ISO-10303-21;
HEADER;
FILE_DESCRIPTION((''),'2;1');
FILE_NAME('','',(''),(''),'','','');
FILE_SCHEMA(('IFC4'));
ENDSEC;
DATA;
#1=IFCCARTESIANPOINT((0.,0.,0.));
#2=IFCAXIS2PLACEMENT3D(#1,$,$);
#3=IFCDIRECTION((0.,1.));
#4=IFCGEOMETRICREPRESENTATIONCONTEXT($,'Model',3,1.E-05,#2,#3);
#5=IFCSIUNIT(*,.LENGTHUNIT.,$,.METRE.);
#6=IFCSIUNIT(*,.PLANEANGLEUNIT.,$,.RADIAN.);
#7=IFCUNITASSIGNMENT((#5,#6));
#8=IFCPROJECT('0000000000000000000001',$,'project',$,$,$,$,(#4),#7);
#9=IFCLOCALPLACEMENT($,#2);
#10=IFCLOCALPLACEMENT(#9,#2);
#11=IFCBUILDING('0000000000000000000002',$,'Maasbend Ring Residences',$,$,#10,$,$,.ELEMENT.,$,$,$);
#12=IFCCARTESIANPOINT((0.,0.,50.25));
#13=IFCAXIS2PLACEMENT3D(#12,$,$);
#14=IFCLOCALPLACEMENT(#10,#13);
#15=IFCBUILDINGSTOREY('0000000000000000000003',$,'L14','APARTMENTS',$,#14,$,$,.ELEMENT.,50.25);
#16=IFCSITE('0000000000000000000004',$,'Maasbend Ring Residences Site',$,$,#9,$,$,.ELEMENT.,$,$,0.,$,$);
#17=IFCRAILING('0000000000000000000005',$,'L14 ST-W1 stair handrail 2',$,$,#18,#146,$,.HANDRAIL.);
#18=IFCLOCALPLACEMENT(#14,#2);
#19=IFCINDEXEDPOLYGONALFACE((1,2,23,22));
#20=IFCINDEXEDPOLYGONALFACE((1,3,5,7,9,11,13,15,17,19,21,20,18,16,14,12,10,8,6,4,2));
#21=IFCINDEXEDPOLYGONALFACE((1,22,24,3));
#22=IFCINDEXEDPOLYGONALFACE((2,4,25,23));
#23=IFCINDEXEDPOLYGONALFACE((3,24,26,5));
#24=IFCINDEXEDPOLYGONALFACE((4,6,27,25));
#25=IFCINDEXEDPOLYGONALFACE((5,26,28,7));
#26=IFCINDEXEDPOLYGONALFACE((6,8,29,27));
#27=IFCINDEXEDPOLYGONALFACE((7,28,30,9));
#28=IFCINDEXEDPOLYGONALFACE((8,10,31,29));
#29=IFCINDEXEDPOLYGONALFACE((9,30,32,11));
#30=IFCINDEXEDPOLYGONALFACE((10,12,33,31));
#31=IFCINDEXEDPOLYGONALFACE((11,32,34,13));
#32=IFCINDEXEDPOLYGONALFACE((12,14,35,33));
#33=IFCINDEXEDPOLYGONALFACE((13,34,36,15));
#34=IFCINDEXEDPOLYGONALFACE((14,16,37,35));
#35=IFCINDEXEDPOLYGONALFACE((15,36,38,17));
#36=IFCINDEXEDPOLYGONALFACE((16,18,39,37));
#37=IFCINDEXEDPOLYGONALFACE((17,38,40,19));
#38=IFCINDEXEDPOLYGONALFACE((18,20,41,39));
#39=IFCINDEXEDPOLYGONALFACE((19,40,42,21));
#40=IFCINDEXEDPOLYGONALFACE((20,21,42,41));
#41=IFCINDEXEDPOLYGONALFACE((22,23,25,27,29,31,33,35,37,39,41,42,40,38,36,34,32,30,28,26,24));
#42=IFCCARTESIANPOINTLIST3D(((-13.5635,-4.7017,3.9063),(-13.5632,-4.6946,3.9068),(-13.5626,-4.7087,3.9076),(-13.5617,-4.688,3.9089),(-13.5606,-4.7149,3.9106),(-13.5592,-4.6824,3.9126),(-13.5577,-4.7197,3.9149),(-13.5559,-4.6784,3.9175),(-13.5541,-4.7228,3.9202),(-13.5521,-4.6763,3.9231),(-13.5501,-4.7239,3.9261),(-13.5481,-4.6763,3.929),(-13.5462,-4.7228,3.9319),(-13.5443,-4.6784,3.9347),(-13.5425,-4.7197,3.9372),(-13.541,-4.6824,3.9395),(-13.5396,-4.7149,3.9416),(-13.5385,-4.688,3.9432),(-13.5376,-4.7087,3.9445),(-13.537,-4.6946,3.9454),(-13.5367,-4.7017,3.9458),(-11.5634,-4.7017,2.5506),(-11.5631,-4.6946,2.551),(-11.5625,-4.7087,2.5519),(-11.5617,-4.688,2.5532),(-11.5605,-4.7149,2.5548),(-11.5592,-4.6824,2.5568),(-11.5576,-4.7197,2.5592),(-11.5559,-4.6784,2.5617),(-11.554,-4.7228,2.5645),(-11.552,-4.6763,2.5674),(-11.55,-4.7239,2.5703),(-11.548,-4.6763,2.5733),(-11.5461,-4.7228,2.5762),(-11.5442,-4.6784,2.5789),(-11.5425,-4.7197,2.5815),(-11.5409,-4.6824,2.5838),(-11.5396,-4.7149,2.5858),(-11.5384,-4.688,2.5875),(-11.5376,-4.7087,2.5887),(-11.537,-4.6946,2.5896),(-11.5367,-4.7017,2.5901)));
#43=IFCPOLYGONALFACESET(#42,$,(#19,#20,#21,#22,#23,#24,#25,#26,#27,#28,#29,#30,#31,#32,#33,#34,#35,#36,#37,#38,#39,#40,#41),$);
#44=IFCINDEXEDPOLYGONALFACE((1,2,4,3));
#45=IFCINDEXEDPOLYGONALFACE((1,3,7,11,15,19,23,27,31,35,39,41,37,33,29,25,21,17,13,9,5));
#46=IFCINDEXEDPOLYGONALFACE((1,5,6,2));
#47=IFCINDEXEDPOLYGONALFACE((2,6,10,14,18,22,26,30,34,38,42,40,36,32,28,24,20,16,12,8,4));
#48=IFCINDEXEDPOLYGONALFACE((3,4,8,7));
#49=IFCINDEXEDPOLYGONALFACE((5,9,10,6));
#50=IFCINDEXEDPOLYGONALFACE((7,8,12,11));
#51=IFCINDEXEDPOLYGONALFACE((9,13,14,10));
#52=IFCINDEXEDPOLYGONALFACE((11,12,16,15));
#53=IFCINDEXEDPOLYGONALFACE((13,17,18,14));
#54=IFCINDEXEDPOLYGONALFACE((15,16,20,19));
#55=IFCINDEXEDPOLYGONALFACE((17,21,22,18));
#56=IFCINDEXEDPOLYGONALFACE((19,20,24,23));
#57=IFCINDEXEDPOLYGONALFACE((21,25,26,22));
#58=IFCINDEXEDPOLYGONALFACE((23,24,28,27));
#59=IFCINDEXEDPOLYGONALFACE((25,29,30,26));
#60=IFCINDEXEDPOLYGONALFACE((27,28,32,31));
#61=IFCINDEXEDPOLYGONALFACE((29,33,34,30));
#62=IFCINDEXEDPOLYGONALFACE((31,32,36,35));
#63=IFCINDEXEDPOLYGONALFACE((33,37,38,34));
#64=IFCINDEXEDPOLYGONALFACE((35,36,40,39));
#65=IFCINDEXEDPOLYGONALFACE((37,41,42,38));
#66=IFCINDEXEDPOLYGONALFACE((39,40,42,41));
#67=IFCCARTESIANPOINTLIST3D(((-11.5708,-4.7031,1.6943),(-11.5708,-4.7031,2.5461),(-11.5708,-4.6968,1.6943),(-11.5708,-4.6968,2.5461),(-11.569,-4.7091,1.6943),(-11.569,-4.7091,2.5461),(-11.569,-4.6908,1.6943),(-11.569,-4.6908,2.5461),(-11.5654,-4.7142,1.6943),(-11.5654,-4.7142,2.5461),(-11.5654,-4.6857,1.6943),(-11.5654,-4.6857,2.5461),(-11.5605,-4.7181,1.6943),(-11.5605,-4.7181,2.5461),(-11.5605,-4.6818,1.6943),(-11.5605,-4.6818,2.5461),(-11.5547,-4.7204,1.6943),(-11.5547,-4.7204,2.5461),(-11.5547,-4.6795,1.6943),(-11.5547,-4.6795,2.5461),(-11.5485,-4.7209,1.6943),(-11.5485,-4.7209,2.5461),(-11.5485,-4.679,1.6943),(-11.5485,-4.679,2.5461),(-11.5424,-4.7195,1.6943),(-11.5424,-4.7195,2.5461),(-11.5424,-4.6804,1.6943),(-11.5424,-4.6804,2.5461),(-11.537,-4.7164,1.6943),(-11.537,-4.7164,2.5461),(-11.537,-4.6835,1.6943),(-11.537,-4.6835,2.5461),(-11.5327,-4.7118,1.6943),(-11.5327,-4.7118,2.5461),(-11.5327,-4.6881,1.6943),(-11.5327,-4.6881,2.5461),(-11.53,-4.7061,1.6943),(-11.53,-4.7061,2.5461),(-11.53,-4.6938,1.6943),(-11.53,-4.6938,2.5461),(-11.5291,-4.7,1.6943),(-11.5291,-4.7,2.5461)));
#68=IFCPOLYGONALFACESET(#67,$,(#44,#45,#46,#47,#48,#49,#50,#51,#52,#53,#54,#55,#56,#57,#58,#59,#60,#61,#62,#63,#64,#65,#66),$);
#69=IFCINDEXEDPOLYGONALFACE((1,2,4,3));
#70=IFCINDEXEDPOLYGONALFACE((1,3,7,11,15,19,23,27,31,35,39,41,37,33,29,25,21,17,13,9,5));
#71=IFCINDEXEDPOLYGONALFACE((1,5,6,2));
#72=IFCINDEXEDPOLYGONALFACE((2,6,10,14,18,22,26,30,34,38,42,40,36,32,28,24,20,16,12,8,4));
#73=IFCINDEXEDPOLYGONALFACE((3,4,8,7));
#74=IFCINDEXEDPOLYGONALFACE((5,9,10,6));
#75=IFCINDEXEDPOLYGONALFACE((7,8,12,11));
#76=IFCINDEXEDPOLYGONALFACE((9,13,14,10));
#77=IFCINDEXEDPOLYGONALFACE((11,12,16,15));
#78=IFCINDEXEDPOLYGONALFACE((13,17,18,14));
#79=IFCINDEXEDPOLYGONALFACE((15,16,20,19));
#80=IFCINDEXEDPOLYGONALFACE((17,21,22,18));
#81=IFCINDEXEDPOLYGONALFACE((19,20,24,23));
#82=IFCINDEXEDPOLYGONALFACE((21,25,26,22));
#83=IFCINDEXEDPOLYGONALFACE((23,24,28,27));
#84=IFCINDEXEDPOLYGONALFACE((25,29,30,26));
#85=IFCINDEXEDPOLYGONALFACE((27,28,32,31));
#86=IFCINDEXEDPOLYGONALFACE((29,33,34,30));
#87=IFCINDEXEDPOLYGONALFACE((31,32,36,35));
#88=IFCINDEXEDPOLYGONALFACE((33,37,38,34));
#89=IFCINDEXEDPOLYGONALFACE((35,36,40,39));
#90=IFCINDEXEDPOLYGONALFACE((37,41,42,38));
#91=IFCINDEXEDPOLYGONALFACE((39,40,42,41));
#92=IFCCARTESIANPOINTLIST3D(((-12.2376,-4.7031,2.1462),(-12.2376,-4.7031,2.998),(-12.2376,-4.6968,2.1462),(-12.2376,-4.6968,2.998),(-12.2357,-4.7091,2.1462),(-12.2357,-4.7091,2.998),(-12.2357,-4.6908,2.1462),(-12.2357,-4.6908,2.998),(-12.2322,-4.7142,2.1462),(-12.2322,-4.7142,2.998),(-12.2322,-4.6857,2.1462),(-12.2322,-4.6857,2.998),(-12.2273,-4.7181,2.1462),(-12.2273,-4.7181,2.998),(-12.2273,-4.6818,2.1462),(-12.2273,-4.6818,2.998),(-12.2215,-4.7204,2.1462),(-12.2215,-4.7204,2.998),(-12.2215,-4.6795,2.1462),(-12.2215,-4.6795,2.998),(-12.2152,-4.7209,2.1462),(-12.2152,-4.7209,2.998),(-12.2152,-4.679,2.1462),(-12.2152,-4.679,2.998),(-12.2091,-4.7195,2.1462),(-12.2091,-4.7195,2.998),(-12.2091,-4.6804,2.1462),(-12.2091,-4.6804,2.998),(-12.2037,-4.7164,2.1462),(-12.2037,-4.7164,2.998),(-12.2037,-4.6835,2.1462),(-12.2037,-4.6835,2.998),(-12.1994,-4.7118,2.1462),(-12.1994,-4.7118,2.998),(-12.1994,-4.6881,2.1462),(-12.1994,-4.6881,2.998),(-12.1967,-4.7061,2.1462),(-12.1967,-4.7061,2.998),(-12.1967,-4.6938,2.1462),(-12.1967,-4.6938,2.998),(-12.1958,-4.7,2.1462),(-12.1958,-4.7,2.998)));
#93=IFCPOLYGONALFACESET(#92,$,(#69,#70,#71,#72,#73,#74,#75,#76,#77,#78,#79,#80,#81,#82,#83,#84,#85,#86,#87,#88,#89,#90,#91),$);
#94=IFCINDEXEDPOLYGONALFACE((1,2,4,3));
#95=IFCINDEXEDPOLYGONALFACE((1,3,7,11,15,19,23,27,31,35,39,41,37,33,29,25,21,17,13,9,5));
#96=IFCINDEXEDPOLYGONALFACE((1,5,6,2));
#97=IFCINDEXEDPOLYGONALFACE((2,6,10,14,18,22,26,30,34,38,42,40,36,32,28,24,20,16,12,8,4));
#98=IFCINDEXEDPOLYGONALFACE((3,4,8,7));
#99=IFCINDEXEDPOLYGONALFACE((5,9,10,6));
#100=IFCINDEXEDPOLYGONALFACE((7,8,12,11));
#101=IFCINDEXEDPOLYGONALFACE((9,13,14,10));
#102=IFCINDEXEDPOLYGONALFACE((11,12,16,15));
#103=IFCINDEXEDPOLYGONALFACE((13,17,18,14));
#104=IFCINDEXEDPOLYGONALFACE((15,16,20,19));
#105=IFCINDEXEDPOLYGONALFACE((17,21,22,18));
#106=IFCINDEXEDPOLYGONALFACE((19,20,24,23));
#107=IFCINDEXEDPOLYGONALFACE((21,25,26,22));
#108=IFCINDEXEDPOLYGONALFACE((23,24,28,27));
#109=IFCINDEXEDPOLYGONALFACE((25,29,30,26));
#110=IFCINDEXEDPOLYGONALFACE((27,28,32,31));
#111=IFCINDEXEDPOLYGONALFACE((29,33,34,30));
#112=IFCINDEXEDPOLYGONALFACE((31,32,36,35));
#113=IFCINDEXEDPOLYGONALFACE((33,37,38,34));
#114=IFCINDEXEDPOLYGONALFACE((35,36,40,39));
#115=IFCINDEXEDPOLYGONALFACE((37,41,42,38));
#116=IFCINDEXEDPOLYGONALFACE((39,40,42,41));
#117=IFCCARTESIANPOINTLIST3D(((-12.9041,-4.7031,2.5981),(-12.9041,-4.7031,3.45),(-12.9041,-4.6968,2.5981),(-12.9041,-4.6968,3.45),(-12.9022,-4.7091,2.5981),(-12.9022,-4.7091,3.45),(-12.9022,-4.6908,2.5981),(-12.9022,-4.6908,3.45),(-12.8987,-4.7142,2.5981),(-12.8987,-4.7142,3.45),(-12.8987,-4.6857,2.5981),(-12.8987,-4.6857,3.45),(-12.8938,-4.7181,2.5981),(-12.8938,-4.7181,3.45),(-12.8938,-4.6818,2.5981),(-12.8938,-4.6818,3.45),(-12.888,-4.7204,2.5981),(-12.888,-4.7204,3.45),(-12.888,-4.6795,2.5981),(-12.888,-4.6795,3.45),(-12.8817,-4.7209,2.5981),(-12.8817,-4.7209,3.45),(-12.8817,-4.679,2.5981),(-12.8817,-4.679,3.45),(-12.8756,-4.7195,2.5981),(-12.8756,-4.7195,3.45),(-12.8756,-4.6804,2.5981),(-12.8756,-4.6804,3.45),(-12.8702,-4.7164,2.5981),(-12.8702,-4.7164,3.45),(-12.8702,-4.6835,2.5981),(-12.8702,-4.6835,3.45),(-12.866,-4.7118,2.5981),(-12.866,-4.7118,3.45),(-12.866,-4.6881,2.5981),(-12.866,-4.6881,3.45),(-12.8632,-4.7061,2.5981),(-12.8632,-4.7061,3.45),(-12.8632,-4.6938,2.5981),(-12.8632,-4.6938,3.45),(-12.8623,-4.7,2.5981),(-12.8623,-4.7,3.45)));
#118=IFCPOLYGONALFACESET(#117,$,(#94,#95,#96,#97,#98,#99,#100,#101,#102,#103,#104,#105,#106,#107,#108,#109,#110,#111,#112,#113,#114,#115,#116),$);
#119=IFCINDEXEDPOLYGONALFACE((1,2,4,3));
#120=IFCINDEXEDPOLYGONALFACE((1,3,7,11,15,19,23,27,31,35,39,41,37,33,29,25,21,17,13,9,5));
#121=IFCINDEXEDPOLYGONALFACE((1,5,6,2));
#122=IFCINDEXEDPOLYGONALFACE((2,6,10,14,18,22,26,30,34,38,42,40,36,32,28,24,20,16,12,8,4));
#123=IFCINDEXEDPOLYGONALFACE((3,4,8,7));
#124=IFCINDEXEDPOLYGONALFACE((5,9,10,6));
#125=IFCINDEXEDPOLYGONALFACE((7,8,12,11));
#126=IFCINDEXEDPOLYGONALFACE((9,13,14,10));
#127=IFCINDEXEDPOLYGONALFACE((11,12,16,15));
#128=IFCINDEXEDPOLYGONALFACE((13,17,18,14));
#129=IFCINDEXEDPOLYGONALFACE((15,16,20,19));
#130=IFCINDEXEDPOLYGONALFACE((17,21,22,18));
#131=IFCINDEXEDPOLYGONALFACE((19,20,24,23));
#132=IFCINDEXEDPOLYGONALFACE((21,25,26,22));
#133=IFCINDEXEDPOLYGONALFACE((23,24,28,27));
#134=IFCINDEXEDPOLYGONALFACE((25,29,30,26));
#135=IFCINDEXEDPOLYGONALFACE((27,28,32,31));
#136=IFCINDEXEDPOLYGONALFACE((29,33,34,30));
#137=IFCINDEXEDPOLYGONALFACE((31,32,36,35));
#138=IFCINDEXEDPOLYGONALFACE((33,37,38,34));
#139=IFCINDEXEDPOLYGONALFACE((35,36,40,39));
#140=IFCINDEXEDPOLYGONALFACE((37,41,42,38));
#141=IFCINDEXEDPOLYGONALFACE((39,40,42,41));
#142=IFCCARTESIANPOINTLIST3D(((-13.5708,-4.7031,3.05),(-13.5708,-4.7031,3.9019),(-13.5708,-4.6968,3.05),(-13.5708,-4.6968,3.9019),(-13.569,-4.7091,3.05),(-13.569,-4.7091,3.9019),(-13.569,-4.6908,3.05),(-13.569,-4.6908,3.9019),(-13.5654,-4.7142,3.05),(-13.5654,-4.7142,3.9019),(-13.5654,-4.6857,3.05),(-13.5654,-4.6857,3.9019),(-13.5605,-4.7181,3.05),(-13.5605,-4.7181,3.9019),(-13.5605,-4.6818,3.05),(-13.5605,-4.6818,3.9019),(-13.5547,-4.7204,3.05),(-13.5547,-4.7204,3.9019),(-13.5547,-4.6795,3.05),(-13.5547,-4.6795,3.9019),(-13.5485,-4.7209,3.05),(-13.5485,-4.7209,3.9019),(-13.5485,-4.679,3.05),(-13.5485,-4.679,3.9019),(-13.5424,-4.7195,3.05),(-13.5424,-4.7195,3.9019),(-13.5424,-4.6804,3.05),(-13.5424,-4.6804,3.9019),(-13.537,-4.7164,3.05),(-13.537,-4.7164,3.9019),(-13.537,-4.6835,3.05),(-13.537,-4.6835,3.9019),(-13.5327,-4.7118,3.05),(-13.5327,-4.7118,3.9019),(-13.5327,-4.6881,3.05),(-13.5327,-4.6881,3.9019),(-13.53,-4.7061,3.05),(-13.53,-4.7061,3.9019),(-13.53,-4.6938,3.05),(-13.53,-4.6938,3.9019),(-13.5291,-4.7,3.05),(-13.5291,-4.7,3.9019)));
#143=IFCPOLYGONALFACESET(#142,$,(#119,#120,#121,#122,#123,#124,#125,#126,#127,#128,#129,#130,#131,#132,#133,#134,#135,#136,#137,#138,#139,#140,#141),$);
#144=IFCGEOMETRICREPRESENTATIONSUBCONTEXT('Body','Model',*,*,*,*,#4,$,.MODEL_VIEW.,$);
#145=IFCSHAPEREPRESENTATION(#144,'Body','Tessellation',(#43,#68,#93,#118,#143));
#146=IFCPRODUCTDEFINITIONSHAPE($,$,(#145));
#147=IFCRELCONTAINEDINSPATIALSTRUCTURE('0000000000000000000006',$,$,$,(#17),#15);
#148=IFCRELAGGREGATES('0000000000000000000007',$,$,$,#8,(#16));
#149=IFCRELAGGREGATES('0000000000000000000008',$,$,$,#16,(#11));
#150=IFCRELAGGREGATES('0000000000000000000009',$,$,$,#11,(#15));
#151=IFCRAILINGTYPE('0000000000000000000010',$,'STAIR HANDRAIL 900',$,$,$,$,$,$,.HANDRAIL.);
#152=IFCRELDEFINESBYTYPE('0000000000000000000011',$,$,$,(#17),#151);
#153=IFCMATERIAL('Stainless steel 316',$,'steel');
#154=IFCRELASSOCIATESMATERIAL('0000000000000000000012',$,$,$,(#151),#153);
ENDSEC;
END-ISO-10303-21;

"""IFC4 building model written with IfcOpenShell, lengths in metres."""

from ifc_helpers import new_model, si_unit, direction, frame, origin, origin_2d, place, context, subcontext, project, spatial, circle, extrude, material, type_object, element, save


model = new_model("IFC4")

# Units and contexts
model_context = context("Model", 3, precision=1e-05, world=origin(), true_north=direction((0.0, 1.0)))
body_context = subcontext(model_context, "Body", "Model", "MODEL_VIEW")
ifc_project = project(units=[si_unit("LENGTHUNIT", "METRE"), si_unit("PLANEANGLEUNIT", "RADIAN")], contexts=[model_context])

# Site, building, storey
site_placement = place(None, origin())
site = spatial("IfcSite", under=ifc_project, at=site_placement, Name="Maasbend Ring Residences Site", CompositionType="ELEMENT", RefElevation=0.0)
building_placement = place(site_placement, origin())
building = spatial("IfcBuilding", under=site, at=building_placement, Name="Maasbend Ring Residences", CompositionType="ELEMENT")
storey_placement = place(building_placement, frame((0.0, 0.0, 50.25)))
storey = spatial("IfcBuildingStorey", under=building, at=storey_placement, Name="L14", Description="APARTMENTS", CompositionType="ELEMENT", Elevation=50.25)

# Railing
ifc_material_1 = material(Name="Stainless steel 316", Category="steel")
railing_type_1 = type_object("IfcRailingType", Name="STAIR HANDRAIL 900", PredefinedType="HANDRAIL", material=ifc_material_1)
railing_1_placement = place(storey_placement, frame((-11.55, -4.7, 1.6943)))
element("IfcRailing", 1, at=railing_1_placement, inside=storey, type_object=railing_type_1, Name="L14 ST-W1 stair handrail 2", PredefinedType="HANDRAIL", context=body_context, shape_type="SweptSolid", body=[
    extrude(circle(Radius=0.0239, at=origin_2d()), frame((0.0, 0.0, 0.876), z_axis=(-0.827751, 0.0, 0.561096), x_axis=(0.0, -1.0, 0.0)), (0.0, 0.0, 1.0), 2.4163),
    extrude(circle(Radius=0.021, at=origin_2d()), origin(), (0.0, 0.0, 1.0), 0.8518),
    extrude(circle(Radius=0.021, at=origin_2d()), frame((-0.6667, 0.0, 0.4519)), (0.0, 0.0, 1.0), 0.8518),
    extrude(circle(Radius=0.021, at=origin_2d()), frame((-1.3333, 0.0, 0.9038)), (0.0, 0.0, 1.0), 0.8518),
    extrude(circle(Radius=0.021, at=origin_2d()), frame((-2.0, 0.0, 1.3557)), (0.0, 0.0, 1.0), 0.8518),
])

save(model, "model.ifc")
